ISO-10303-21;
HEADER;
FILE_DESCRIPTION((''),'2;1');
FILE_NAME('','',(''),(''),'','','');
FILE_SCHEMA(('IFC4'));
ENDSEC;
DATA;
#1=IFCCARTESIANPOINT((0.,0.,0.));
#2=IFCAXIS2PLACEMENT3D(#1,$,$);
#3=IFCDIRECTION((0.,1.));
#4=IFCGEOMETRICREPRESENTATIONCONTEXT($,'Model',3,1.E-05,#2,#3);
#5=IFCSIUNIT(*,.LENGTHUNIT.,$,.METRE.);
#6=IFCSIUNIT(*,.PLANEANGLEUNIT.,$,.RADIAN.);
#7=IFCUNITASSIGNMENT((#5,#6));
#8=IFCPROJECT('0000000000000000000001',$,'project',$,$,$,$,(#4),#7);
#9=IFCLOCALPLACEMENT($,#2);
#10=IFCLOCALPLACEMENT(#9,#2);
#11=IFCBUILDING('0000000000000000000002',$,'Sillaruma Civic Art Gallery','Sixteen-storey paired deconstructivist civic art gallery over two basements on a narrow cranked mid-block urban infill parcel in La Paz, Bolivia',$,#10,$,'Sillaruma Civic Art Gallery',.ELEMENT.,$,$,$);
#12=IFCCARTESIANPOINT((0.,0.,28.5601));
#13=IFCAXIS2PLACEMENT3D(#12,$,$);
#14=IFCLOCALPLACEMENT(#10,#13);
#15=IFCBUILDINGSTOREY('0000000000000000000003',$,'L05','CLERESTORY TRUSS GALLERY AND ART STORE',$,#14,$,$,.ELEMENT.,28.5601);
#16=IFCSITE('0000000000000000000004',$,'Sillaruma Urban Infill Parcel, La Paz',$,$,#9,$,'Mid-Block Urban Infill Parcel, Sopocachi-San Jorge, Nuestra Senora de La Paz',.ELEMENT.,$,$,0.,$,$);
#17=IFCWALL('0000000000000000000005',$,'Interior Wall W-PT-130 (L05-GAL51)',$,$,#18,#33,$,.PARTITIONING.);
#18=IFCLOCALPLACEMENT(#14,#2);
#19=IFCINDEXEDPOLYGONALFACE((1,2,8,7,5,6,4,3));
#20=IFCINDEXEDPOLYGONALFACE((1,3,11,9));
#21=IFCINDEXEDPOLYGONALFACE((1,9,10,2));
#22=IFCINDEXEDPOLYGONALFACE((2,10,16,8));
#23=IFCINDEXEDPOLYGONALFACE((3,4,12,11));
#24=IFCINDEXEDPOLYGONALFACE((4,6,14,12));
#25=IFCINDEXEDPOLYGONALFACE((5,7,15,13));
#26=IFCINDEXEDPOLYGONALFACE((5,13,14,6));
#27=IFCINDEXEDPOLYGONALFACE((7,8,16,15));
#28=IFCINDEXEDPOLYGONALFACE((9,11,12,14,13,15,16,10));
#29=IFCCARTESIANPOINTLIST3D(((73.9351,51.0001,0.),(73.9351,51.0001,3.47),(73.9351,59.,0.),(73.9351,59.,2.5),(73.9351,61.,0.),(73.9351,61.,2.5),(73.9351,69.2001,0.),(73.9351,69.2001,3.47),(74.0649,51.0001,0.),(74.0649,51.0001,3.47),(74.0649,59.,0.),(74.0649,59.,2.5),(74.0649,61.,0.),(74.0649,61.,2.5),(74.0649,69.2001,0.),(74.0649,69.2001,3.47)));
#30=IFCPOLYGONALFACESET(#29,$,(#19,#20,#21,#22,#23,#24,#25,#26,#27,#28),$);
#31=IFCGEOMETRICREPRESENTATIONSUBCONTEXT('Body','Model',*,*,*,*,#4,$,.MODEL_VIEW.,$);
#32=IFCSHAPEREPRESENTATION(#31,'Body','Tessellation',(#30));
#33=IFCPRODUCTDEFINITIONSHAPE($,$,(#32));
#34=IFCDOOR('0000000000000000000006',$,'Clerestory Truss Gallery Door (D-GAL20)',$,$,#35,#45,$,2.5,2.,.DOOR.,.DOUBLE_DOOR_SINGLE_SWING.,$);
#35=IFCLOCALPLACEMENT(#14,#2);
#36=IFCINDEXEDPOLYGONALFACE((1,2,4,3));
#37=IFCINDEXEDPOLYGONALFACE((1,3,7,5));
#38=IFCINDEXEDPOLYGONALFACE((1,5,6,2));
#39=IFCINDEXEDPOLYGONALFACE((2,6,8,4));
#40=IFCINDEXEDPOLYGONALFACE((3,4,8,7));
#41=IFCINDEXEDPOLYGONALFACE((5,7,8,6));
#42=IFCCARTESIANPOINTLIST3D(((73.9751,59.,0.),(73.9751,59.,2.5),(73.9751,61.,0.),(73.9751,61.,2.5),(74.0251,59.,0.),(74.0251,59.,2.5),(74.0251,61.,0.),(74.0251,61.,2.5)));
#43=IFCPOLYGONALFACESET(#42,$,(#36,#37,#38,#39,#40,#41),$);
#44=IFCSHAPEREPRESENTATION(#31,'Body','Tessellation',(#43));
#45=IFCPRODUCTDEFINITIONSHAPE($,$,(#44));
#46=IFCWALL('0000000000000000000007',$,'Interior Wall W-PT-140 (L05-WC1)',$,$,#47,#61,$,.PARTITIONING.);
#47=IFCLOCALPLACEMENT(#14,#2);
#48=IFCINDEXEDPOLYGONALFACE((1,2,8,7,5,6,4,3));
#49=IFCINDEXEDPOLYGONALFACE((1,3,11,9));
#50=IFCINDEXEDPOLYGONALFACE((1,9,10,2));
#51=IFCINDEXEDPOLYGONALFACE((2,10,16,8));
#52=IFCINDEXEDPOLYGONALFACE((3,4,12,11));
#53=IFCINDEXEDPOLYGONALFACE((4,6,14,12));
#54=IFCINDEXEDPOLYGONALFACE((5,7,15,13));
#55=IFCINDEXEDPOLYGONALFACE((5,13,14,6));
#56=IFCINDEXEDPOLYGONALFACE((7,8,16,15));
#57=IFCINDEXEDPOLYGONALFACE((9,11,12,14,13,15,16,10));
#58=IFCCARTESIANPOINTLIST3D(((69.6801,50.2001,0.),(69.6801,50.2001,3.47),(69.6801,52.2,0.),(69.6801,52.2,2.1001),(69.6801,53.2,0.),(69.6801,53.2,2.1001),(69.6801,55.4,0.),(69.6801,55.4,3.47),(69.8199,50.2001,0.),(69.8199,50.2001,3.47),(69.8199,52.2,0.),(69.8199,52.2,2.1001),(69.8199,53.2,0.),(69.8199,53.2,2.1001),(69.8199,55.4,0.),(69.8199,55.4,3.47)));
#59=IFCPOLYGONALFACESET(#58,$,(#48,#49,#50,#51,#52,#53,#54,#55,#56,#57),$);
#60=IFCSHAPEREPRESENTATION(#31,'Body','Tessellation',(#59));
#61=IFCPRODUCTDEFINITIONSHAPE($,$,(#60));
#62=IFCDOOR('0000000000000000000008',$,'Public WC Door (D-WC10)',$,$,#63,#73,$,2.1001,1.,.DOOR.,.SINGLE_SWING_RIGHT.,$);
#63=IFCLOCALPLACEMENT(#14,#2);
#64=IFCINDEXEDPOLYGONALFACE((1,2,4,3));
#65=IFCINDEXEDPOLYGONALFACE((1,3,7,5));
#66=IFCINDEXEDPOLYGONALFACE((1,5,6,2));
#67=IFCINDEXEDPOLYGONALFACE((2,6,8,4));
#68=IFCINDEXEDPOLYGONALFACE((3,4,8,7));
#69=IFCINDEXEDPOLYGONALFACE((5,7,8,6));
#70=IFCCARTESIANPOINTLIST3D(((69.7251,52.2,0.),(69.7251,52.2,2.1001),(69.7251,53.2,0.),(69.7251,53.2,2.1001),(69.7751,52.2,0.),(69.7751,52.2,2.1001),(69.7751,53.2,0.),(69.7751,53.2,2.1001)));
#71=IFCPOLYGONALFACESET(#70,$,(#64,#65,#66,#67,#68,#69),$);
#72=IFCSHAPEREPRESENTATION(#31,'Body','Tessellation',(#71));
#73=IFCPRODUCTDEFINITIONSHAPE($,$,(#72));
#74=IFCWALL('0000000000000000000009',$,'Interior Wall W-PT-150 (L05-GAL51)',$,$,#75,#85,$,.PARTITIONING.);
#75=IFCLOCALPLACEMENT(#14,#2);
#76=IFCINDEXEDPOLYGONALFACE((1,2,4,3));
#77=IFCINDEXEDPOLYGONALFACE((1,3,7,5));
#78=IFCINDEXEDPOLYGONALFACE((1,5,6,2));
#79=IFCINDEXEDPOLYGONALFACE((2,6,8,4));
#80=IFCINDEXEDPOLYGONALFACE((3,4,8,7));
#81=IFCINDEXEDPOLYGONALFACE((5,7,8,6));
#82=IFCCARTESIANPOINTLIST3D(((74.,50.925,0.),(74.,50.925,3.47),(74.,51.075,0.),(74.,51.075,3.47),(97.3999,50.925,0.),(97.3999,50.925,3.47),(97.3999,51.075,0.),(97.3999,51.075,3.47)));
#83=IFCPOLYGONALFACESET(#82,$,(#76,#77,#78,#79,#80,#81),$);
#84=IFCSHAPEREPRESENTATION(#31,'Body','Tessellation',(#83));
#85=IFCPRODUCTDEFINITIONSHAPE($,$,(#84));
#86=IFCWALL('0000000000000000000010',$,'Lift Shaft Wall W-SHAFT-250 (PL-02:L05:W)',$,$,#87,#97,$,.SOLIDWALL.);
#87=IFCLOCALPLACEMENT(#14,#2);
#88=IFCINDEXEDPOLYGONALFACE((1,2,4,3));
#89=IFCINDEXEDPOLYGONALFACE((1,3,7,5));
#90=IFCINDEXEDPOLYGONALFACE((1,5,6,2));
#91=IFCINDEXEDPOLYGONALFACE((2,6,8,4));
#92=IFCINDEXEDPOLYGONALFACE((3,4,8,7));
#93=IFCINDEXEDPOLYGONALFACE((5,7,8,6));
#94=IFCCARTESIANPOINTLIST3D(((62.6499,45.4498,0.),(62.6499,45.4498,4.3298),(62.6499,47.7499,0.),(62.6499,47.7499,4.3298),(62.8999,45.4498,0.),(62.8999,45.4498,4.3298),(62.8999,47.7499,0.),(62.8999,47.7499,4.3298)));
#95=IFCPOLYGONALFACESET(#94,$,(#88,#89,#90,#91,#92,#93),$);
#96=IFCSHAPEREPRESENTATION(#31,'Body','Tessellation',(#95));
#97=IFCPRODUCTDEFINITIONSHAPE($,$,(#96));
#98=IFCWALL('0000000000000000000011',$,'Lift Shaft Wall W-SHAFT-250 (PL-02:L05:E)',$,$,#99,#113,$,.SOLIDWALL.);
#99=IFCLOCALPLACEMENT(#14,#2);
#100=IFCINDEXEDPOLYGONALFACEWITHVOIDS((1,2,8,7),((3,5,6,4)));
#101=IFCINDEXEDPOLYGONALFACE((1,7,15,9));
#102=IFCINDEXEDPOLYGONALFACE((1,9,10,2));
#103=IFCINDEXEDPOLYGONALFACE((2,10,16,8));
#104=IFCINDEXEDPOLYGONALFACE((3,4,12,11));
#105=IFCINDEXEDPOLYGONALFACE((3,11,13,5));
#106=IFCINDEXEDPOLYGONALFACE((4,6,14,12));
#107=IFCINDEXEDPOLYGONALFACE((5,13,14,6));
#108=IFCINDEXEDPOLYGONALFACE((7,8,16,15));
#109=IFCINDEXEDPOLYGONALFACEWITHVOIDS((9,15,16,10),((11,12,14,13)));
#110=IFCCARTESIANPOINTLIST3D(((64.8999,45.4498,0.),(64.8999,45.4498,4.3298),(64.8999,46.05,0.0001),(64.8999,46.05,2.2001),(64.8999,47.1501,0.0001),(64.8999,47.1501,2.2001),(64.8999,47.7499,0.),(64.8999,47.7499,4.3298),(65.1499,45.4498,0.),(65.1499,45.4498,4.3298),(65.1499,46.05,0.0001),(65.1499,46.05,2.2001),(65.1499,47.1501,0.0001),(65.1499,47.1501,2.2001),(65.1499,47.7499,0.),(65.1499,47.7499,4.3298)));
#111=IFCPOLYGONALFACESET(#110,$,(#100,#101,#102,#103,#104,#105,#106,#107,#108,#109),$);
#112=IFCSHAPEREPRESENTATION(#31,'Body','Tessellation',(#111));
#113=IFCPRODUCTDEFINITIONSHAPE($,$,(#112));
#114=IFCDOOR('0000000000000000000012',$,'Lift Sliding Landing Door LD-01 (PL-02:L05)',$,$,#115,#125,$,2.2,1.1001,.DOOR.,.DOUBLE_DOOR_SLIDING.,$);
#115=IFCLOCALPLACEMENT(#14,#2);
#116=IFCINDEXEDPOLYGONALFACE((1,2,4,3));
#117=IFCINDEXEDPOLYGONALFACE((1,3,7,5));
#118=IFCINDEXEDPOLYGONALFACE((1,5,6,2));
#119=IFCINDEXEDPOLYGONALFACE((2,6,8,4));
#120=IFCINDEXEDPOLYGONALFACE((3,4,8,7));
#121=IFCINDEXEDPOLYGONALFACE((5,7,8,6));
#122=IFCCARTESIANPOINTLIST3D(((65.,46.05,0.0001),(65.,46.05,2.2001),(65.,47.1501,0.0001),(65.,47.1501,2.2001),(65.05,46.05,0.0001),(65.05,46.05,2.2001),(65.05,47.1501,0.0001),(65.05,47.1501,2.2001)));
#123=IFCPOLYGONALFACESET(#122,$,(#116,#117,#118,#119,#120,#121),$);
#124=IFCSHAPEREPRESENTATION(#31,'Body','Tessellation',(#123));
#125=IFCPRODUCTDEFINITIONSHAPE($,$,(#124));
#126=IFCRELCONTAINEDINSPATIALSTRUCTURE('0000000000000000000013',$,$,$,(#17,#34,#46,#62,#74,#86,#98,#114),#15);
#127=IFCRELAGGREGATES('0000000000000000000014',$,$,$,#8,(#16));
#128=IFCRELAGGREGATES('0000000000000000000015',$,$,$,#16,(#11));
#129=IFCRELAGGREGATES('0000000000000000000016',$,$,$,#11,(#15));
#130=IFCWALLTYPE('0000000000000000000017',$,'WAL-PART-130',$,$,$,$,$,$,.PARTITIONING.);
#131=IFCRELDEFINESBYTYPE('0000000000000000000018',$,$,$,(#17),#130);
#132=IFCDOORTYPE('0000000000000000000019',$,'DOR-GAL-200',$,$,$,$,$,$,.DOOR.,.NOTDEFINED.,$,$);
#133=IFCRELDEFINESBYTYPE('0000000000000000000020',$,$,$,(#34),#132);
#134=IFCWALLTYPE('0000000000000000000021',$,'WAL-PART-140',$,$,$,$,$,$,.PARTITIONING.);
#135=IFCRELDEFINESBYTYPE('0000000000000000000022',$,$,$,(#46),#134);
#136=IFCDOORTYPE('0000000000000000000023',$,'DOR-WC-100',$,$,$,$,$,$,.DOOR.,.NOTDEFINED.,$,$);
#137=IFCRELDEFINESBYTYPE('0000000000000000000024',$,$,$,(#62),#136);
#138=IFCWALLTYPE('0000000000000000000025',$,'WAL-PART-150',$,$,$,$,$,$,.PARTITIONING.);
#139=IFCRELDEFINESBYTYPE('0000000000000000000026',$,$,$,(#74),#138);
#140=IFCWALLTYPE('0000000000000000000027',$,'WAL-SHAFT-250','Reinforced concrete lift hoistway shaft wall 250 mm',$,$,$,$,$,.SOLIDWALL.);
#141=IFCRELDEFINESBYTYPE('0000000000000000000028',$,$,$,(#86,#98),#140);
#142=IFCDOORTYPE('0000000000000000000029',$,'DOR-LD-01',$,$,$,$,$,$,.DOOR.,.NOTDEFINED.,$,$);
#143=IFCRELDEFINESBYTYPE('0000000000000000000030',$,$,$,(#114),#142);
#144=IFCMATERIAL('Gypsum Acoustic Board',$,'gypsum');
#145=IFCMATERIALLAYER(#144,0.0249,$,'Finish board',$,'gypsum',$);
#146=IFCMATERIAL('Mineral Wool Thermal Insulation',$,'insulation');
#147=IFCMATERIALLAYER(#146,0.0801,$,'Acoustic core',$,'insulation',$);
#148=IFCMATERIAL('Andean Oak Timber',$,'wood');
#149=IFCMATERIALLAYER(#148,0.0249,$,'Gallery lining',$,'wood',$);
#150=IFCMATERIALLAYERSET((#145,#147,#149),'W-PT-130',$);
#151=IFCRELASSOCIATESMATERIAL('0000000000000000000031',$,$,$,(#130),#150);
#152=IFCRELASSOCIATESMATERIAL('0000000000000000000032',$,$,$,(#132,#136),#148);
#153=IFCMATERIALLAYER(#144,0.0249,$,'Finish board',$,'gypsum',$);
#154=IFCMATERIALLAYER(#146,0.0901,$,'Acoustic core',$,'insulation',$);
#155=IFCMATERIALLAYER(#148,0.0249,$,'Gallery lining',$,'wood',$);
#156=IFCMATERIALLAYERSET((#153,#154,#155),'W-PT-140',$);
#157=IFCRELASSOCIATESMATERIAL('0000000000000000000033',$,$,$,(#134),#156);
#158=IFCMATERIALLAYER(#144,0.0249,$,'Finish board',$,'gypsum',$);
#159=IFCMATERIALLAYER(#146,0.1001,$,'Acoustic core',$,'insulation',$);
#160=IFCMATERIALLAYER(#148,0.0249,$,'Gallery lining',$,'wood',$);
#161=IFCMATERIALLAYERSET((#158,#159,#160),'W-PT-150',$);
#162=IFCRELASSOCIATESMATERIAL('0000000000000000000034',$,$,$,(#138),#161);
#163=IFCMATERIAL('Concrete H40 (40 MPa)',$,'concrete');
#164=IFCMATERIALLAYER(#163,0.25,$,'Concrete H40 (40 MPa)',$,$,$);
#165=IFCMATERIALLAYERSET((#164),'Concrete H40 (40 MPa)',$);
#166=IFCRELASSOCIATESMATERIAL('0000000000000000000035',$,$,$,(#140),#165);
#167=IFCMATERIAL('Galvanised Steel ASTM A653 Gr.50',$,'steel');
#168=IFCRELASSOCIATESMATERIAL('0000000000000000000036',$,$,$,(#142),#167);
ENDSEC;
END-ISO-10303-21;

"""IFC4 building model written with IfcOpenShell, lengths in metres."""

from ifc_helpers import new_model, si_unit, direction, frame, frame_2d, origin, place, context, subcontext, project, spatial, rectangle, extrude, material, layer, layer_set, type_object, element, fill, save


model = new_model("IFC4")

# Units and contexts
model_context = context("Model", 3, precision=1e-05, world=origin(), true_north=direction((0.0, 1.0)))
body_context = subcontext(model_context, "Body", "Model", "MODEL_VIEW")
ifc_project = project(units=[si_unit("LENGTHUNIT", "METRE"), si_unit("PLANEANGLEUNIT", "RADIAN")], contexts=[model_context])

# Site, building, storey
site_placement = place(None, origin())
site = spatial("IfcSite", under=ifc_project, at=site_placement, Name="Sillaruma Urban Infill Parcel, La Paz", LongName="Mid-Block Urban Infill Parcel, Sopocachi-San Jorge, Nuestra Senora de La Paz", CompositionType="ELEMENT", RefElevation=0.0)
building_placement = place(site_placement, origin())
building = spatial("IfcBuilding", under=site, at=building_placement, Name="Sillaruma Civic Art Gallery", Description="Sixteen-storey paired deconstructivist civic art gallery over two basements on a narrow cranked mid-block urban infill parcel in La Paz, Bolivia", LongName="Sillaruma Civic Art Gallery", CompositionType="ELEMENT")
storey_placement = place(building_placement, frame((0.0, 0.0, 28.5601)))
storey = spatial("IfcBuildingStorey", under=building, at=storey_placement, Name="L05", Description="CLERESTORY TRUSS GALLERY AND ART STORE", CompositionType="ELEMENT", Elevation=28.5601)

# Shared definitions
ifc_material_1 = material(Name="Concrete H40 (40 MPa)", Category="concrete")

# Walls, openings, doors
ifc_material_2 = material(Name="Gypsum Acoustic Board", Category="gypsum")
ifc_layer_1 = layer(ifc_material_2, 0.0249, Name="Finish board", Category="gypsum")
ifc_material_3 = material(Name="Mineral Wool Thermal Insulation", Category="insulation")
ifc_layer_2 = layer(ifc_material_3, 0.0801, Name="Acoustic core", Category="insulation")
ifc_material_4 = material(Name="Andean Oak Timber", Category="wood")
ifc_layer_3 = layer(ifc_material_4, 0.0249, Name="Gallery lining", Category="wood")
ifc_layer_set_1 = layer_set([ifc_layer_1, ifc_layer_2, ifc_layer_3], Name="W-PT-130")
wall_type_1 = type_object("IfcWallType", Name="WAL-PART-130", PredefinedType="PARTITIONING", material=ifc_layer_set_1)
wall_1_placement = place(storey_placement, frame((74.0, 51.0, 0.0), z_axis=(0.0, 0.0, 1.0), x_axis=(0.0, 1.0, 0.0)))
wall_1 = element("IfcWall", 1, at=wall_1_placement, inside=storey, type_object=wall_type_1, Name="Interior Wall W-PT-130 (L05-GAL51)", PredefinedType="PARTITIONING", context=body_context, shape_type="SweptSolid", body=[
    extrude(rectangle(XDim=18.2, YDim=0.1299, at=frame_2d((9.1001, 0.0))), origin(), (0.0, 0.0, 1.0), 3.47),
])
opening_1_placement = place(wall_1_placement, frame((8.0, 0.0, 0.0)))
opening_1 = element("IfcOpeningElement", 2, at=opening_1_placement, cuts=wall_1, PredefinedType="OPENING", context=body_context, shape_type="SweptSolid", body=[
    extrude(rectangle(XDim=2.0, YDim=2.5, at=frame_2d((1.0, 1.25))), frame((0.0, 0.075, 0.0), z_axis=(0.0, -1.0, 0.0), x_axis=(1.0, 0.0, 0.0)), (0.0, 0.0, 1.0), 0.1499),
])
door_type_1 = type_object("IfcDoorType", Name="DOR-GAL-200", OperationType="NOTDEFINED", PredefinedType="DOOR", material=ifc_material_4)
door_1_placement = place(opening_1_placement, origin())
door_1 = element("IfcDoor", 3, at=door_1_placement, inside=storey, type_object=door_type_1, Name="Clerestory Truss Gallery Door (D-GAL20)", OperationType="DOUBLE_DOOR_SINGLE_SWING", OverallHeight=2.5, OverallWidth=2.0, PredefinedType="DOOR", context=body_context, shape_type="SweptSolid", body=[
    extrude(rectangle(XDim=2.0, YDim=2.5, at=frame_2d((1.0, 1.25))), frame((0.0, 0.0249, 0.0), z_axis=(0.0, -1.0, 0.0), x_axis=(1.0, 0.0, 0.0)), (0.0, 0.0, 1.0), 0.05),
])
fill(opening_1, door_1)
ifc_layer_4 = layer(ifc_material_2, 0.0249, Name="Finish board", Category="gypsum")
ifc_layer_5 = layer(ifc_material_3, 0.0901, Name="Acoustic core", Category="insulation")
ifc_layer_6 = layer(ifc_material_4, 0.0249, Name="Gallery lining", Category="wood")
ifc_layer_set_2 = layer_set([ifc_layer_4, ifc_layer_5, ifc_layer_6], Name="W-PT-140")
wall_type_2 = type_object("IfcWallType", Name="WAL-PART-140", PredefinedType="PARTITIONING", material=ifc_layer_set_2)
wall_2_placement = place(storey_placement, frame((69.75, 50.2, 0.0), z_axis=(0.0, 0.0, 1.0), x_axis=(0.0, 1.0, 0.0)))
wall_2 = element("IfcWall", 4, at=wall_2_placement, inside=storey, type_object=wall_type_2, Name="Interior Wall W-PT-140 (L05-WC1)", PredefinedType="PARTITIONING", context=body_context, shape_type="SweptSolid", body=[
    extrude(rectangle(XDim=5.2, YDim=0.1399, at=frame_2d((2.6001, 0.0))), origin(), (0.0, 0.0, 1.0), 3.47),
])
opening_2_placement = place(wall_2_placement, frame((2.0, 0.0, 0.0)))
opening_2 = element("IfcOpeningElement", 5, at=opening_2_placement, cuts=wall_2, PredefinedType="OPENING", context=body_context, shape_type="SweptSolid", body=[
    extrude(rectangle(XDim=1.0, YDim=2.1001, at=frame_2d((0.5, 1.05))), frame((0.0, 0.0798, 0.0), z_axis=(0.0, -1.0, 0.0), x_axis=(1.0, 0.0, 0.0)), (0.0, 0.0, 1.0), 0.1599),
])
door_type_2 = type_object("IfcDoorType", Name="DOR-WC-100", OperationType="NOTDEFINED", PredefinedType="DOOR", material=ifc_material_4)
door_2_placement = place(opening_2_placement, origin())
door_2 = element("IfcDoor", 6, at=door_2_placement, inside=storey, type_object=door_type_2, Name="Public WC Door (D-WC10)", OperationType="SINGLE_SWING_RIGHT", OverallHeight=2.1001, OverallWidth=1.0, PredefinedType="DOOR", context=body_context, shape_type="SweptSolid", body=[
    extrude(rectangle(XDim=1.0, YDim=2.1001, at=frame_2d((0.5, 1.05))), frame((0.0, 0.0249, 0.0), z_axis=(0.0, -1.0, 0.0), x_axis=(1.0, 0.0, 0.0)), (0.0, 0.0, 1.0), 0.05),
])
fill(opening_2, door_2)

# Walls
ifc_layer_7 = layer(ifc_material_2, 0.0249, Name="Finish board", Category="gypsum")
ifc_layer_8 = layer(ifc_material_3, 0.1001, Name="Acoustic core", Category="insulation")
ifc_layer_9 = layer(ifc_material_4, 0.0249, Name="Gallery lining", Category="wood")
ifc_layer_set_3 = layer_set([ifc_layer_7, ifc_layer_8, ifc_layer_9], Name="W-PT-150")
wall_type_3 = type_object("IfcWallType", Name="WAL-PART-150", PredefinedType="PARTITIONING", material=ifc_layer_set_3)
wall_3_placement = place(storey_placement, frame((74.0, 51.0, 0.0), z_axis=(0.0, 0.0, 1.0), x_axis=(1.0, 0.0, 0.0)))
element("IfcWall", 7, at=wall_3_placement, inside=storey, type_object=wall_type_3, Name="Interior Wall W-PT-150 (L05-GAL51)", PredefinedType="PARTITIONING", context=body_context, shape_type="SweptSolid", body=[
    extrude(rectangle(XDim=23.3999, YDim=0.1499, at=frame_2d((11.7, 0.0))), origin(), (0.0, 0.0, 1.0), 3.47),
])
ifc_layer_10 = layer(ifc_material_1, 0.25, Name="Concrete H40 (40 MPa)")
ifc_layer_set_4 = layer_set([ifc_layer_10], Name="Concrete H40 (40 MPa)")
wall_type_4 = type_object("IfcWallType", Name="WAL-SHAFT-250", Description="Reinforced concrete lift hoistway shaft wall 250 mm", PredefinedType="SOLIDWALL", material=ifc_layer_set_4)
wall_4_placement = place(storey_placement, frame((62.7749, 45.45, 0.0), z_axis=(0.0, 0.0, 1.0), x_axis=(0.0, 1.0, 0.0)))
element("IfcWall", 8, at=wall_4_placement, inside=storey, type_object=wall_type_4, Name="Lift Shaft Wall W-SHAFT-250 (PL-02:L05:W)", PredefinedType="SOLIDWALL", context=body_context, shape_type="SweptSolid", body=[
    extrude(rectangle(XDim=2.3, YDim=0.25, at=frame_2d((1.1499, 0.0))), origin(), (0.0, 0.0, 1.0), 4.3298),
])

# Wall, opening, door
wall_5_placement = place(storey_placement, frame((65.0249, 45.45, 0.0), z_axis=(0.0, 0.0, 1.0), x_axis=(0.0, 1.0, 0.0)))
wall_5 = element("IfcWall", 9, at=wall_5_placement, inside=storey, type_object=wall_type_4, Name="Lift Shaft Wall W-SHAFT-250 (PL-02:L05:E)", PredefinedType="SOLIDWALL", context=body_context, shape_type="SweptSolid", body=[
    extrude(rectangle(XDim=2.3, YDim=0.25, at=frame_2d((1.1499, 0.0))), origin(), (0.0, 0.0, 1.0), 4.3298),
])
opening_3_placement = place(wall_5_placement, frame((0.6001, 0.0, 0.0)))
opening_3 = element("IfcOpeningElement", 10, at=opening_3_placement, cuts=wall_5, PredefinedType="OPENING", context=body_context, shape_type="SweptSolid", body=[
    extrude(rectangle(XDim=1.1001, YDim=2.2, at=frame_2d((0.55, 1.1001))), frame((0.0, 0.135, 0.0), z_axis=(0.0, -1.0, 0.0), x_axis=(1.0, 0.0, 0.0)), (0.0, 0.0, 1.0), 0.27),
])
ifc_material_5 = material(Name="Galvanised Steel ASTM A653 Gr.50", Category="steel")
door_type_3 = type_object("IfcDoorType", Name="DOR-LD-01", OperationType="NOTDEFINED", PredefinedType="DOOR", material=ifc_material_5)
door_3_placement = place(opening_3_placement, origin())
door_3 = element("IfcDoor", 11, at=door_3_placement, inside=storey, type_object=door_type_3, Name="Lift Sliding Landing Door LD-01 (PL-02:L05)", OperationType="DOUBLE_DOOR_SLIDING", OverallHeight=2.2, OverallWidth=1.1001, PredefinedType="DOOR", context=body_context, shape_type="SweptSolid", body=[
    extrude(rectangle(XDim=1.1001, YDim=2.2, at=frame_2d((0.55, 1.1001))), frame((0.0, 0.0249, 0.0), z_axis=(0.0, -1.0, 0.0), x_axis=(1.0, 0.0, 0.0)), (0.0, 0.0, 1.0), 0.05),
])
fill(opening_3, door_3)

save(model, "model.ifc")
